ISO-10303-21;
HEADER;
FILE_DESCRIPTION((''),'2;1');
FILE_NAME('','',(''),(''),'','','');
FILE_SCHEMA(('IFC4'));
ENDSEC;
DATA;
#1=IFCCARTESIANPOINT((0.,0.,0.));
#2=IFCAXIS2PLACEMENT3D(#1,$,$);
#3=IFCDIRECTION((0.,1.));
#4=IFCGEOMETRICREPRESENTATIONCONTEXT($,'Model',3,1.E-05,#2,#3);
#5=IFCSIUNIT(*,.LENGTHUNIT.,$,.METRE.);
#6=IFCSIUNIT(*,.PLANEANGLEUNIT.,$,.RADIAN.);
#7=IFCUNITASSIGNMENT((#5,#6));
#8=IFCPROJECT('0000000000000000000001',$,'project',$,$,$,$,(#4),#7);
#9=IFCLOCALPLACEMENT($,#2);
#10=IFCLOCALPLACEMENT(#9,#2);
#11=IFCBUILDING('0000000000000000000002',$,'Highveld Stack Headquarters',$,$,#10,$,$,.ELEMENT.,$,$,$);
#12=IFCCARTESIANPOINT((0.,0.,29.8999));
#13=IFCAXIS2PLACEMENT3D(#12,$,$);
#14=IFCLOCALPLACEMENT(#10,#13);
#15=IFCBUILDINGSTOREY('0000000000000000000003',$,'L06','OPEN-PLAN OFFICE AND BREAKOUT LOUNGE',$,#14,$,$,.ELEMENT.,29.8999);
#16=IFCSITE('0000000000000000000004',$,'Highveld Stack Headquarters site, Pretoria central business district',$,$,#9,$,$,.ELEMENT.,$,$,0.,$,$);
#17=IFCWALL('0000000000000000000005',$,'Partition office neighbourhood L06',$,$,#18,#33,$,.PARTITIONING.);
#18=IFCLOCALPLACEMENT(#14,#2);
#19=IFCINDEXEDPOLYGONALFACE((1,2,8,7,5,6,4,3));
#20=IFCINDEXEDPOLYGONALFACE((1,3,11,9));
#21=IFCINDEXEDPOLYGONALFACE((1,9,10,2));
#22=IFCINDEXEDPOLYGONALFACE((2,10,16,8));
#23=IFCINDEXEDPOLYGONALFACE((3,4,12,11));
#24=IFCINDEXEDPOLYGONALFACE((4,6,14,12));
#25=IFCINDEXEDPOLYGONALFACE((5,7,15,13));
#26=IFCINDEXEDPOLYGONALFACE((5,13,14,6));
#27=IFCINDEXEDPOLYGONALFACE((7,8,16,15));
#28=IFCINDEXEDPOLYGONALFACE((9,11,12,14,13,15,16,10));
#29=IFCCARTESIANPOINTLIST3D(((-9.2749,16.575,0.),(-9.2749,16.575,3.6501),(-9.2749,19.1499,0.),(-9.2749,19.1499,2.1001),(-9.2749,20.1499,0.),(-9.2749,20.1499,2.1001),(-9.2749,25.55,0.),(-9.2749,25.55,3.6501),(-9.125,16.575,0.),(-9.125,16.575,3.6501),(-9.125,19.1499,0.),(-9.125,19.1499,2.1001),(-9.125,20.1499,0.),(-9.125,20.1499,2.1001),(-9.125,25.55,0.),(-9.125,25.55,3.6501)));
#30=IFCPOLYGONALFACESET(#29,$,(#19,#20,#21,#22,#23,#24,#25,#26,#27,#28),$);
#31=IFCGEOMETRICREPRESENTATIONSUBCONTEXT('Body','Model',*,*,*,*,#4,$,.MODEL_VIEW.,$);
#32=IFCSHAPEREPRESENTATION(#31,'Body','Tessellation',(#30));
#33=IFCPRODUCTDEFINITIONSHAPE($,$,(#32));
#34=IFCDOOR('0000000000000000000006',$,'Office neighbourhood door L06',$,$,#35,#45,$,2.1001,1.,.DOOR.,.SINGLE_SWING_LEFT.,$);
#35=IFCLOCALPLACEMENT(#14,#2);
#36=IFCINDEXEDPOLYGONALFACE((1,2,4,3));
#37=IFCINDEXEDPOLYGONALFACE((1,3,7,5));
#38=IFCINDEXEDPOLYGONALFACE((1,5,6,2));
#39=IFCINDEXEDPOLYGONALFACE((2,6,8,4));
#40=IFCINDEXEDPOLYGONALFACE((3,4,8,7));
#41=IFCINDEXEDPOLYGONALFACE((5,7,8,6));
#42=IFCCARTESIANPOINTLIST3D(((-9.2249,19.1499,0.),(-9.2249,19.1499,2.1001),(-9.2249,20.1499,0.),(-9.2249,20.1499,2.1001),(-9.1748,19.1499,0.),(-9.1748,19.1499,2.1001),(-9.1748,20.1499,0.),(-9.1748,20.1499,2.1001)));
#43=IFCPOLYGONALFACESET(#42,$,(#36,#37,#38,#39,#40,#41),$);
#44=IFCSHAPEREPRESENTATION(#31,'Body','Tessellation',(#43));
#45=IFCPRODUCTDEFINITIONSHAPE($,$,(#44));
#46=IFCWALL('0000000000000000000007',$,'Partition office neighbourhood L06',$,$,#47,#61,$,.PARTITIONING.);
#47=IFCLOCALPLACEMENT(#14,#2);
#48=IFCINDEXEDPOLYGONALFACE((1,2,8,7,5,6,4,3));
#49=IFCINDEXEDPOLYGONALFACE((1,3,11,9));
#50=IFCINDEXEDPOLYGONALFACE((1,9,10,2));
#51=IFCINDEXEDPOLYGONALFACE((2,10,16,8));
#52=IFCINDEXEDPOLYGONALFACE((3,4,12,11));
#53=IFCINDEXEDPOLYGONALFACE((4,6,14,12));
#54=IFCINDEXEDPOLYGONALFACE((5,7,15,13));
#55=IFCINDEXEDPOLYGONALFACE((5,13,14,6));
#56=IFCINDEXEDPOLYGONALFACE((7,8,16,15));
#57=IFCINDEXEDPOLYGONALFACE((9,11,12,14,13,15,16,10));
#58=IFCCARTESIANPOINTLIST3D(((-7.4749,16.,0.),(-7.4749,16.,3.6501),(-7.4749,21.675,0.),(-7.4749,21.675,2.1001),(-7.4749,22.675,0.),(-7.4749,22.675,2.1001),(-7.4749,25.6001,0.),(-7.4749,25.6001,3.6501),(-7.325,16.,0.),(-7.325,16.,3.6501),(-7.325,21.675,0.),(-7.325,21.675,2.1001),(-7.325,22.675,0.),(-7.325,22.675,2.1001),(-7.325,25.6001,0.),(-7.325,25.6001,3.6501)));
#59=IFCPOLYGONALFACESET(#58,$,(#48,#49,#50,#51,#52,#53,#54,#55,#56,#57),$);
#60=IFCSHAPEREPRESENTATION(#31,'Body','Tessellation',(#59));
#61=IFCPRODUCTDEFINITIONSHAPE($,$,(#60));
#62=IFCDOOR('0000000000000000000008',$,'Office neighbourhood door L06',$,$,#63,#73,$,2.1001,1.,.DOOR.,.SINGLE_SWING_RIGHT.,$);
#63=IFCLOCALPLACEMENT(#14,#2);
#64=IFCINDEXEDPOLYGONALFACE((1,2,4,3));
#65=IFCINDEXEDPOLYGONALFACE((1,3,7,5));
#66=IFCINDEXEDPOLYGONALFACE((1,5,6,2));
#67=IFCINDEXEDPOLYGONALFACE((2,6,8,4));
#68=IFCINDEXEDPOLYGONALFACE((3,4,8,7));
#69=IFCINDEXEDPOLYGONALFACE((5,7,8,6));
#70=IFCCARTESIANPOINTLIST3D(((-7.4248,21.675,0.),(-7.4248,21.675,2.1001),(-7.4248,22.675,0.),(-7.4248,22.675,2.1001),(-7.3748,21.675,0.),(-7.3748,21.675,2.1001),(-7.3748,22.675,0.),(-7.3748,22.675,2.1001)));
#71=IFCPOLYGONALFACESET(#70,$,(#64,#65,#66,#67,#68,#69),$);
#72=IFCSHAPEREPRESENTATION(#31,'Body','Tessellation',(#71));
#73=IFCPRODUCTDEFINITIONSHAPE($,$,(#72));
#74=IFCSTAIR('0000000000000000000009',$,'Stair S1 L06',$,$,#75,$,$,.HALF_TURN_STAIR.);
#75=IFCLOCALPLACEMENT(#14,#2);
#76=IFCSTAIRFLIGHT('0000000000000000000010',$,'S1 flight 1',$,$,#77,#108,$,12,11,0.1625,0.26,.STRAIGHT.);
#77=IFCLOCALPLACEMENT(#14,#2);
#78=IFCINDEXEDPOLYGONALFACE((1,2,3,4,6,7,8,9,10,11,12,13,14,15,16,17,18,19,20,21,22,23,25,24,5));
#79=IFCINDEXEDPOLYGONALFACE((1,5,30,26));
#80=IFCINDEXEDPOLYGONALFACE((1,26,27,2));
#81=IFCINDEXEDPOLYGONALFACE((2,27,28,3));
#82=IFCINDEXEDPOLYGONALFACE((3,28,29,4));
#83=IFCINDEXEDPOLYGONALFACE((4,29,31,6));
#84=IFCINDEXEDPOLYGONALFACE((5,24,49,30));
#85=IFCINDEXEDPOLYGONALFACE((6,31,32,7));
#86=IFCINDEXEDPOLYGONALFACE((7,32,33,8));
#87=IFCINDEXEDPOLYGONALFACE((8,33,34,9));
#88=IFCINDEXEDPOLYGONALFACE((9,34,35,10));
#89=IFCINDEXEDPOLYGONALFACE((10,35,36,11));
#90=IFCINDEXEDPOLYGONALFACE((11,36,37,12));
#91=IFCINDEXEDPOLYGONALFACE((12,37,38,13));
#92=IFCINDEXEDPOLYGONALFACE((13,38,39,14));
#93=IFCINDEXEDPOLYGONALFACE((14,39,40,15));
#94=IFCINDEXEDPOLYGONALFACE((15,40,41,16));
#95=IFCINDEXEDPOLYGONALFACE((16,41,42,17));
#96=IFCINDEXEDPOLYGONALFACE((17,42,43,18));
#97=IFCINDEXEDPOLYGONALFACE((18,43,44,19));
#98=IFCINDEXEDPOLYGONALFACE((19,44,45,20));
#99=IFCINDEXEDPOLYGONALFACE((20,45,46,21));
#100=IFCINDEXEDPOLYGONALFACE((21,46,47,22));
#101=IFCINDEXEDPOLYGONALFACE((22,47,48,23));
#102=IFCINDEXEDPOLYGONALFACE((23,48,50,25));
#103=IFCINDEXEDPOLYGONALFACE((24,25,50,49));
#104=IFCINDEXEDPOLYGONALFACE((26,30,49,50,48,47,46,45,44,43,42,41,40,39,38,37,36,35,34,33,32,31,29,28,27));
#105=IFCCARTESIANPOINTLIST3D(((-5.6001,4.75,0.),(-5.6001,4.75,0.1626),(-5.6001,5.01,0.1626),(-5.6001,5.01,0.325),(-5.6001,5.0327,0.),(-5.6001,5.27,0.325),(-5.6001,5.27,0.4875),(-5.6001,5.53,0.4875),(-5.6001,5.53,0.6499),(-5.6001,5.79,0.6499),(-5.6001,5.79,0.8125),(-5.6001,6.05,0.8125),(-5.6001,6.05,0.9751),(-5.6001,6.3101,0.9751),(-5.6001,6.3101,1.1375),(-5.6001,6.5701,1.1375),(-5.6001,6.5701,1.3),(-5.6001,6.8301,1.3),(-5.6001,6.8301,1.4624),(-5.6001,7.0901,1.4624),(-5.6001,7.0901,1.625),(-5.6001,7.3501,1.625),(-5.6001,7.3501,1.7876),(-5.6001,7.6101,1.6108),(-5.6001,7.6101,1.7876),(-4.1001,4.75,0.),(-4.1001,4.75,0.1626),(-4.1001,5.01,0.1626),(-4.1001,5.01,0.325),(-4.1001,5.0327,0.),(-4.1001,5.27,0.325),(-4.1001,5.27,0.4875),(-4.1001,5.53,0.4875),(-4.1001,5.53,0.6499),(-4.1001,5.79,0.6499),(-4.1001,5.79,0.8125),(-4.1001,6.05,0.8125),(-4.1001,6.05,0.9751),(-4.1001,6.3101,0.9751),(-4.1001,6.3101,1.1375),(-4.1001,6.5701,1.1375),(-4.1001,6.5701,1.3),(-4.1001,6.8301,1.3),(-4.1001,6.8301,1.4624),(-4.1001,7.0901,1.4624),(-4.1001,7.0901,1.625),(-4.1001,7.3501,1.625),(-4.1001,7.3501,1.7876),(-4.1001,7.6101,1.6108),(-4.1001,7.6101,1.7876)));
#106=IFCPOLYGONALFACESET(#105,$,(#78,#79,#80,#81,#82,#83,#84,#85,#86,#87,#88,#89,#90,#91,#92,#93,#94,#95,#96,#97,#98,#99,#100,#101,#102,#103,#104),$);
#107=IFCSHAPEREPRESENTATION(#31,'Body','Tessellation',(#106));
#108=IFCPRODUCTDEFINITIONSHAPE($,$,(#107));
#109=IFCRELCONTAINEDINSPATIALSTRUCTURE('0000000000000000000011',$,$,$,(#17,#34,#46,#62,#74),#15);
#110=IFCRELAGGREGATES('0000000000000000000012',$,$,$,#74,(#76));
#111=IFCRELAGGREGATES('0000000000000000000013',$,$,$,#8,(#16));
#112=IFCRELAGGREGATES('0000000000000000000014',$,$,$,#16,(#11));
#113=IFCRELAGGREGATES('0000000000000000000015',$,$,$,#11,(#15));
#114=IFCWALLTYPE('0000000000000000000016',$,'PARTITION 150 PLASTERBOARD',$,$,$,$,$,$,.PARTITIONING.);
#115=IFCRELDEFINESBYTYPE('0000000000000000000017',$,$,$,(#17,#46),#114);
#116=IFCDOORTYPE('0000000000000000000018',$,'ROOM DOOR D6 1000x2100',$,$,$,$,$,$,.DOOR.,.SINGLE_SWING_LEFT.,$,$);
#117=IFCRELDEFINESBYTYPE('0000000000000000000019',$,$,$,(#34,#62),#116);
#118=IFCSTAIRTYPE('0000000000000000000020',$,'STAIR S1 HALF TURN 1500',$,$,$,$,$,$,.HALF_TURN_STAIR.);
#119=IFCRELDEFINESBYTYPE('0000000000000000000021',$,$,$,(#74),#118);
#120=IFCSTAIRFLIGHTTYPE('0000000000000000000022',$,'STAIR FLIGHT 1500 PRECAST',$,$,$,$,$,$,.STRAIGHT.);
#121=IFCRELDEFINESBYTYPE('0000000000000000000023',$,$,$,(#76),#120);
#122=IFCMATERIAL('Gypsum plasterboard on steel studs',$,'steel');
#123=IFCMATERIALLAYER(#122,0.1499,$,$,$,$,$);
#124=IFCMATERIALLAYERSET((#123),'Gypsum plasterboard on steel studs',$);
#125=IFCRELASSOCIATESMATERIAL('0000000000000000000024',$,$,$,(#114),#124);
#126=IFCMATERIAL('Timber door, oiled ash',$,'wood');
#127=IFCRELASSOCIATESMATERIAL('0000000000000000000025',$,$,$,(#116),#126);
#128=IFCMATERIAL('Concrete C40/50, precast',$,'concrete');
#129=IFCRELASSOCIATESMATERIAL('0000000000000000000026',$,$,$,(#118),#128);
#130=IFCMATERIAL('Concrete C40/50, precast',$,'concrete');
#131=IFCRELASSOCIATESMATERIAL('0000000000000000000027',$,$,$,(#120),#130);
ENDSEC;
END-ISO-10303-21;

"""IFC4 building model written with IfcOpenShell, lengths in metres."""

from ifc_helpers import new_model, si_unit, direction, frame, frame_2d, origin, place, context, subcontext, project, spatial, polyline, rectangle, outline, extrude, material, layer, layer_set, type_object, element, fill, aggregate, save


model = new_model("IFC4")

# Units and contexts
model_context = context("Model", 3, precision=1e-05, world=origin(), true_north=direction((0.0, 1.0)))
body_context = subcontext(model_context, "Body", "Model", "MODEL_VIEW")
ifc_project = project(units=[si_unit("LENGTHUNIT", "METRE"), si_unit("PLANEANGLEUNIT", "RADIAN")], contexts=[model_context])

# Site, building, storey
site_placement = place(None, origin())
site = spatial("IfcSite", under=ifc_project, at=site_placement, Name="Highveld Stack Headquarters site, Pretoria central business district", CompositionType="ELEMENT", RefElevation=0.0)
building_placement = place(site_placement, origin())
building = spatial("IfcBuilding", under=site, at=building_placement, Name="Highveld Stack Headquarters", CompositionType="ELEMENT")
storey_placement = place(building_placement, frame((0.0, 0.0, 29.8999)))
storey = spatial("IfcBuildingStorey", under=building, at=storey_placement, Name="L06", Description="OPEN-PLAN OFFICE AND BREAKOUT LOUNGE", CompositionType="ELEMENT", Elevation=29.8999)

# Walls, openings, doors
ifc_material_1 = material(Name="Gypsum plasterboard on steel studs", Category="steel")
ifc_layer_1 = layer(ifc_material_1, 0.1499)
ifc_layer_set_1 = layer_set([ifc_layer_1], Name="Gypsum plasterboard on steel studs")
wall_type_1 = type_object("IfcWallType", Name="PARTITION 150 PLASTERBOARD", PredefinedType="PARTITIONING", material=ifc_layer_set_1)
wall_1_placement = place(storey_placement, frame((-9.2, 16.575, 0.0), z_axis=(0.0, 0.0, 1.0), x_axis=(0.0, 1.0, 0.0)))
wall_1 = element("IfcWall", 1, at=wall_1_placement, inside=storey, type_object=wall_type_1, Name="Partition office neighbourhood L06", PredefinedType="PARTITIONING", context=body_context, shape_type="SweptSolid", body=[
    extrude(rectangle(XDim=8.9751, YDim=0.1499, at=frame_2d((4.4875, 0.0))), origin(), (0.0, 0.0, 1.0), 3.6501),
])
opening_1_placement = place(wall_1_placement, frame((2.575, 0.0, 0.0)))
opening_1 = element("IfcOpeningElement", 2, at=opening_1_placement, cuts=wall_1, PredefinedType="OPENING", context=body_context, shape_type="SweptSolid", body=[
    extrude(rectangle(XDim=1.0, YDim=2.1001, at=frame_2d((0.5, 1.05))), frame((0.0, 0.085, 0.0), z_axis=(0.0, -1.0, 0.0), x_axis=(1.0, 0.0, 0.0)), (0.0, 0.0, 1.0), 0.1699),
])
ifc_material_2 = material(Name="Timber door, oiled ash", Category="wood")
door_type_1 = type_object("IfcDoorType", Name="ROOM DOOR D6 1000x2100", OperationType="SINGLE_SWING_LEFT", PredefinedType="DOOR", material=ifc_material_2)
door_1_placement = place(opening_1_placement, origin())
door_1 = element("IfcDoor", 3, at=door_1_placement, inside=storey, type_object=door_type_1, Name="Office neighbourhood door L06", OperationType="SINGLE_SWING_LEFT", OverallHeight=2.1001, OverallWidth=1.0, PredefinedType="DOOR", context=body_context, shape_type="SweptSolid", body=[
    extrude(rectangle(XDim=1.0, YDim=2.1001, at=frame_2d((0.5, 1.05))), frame((0.0, 0.0249, 0.0), z_axis=(0.0, -1.0, 0.0), x_axis=(1.0, 0.0, 0.0)), (0.0, 0.0, 1.0), 0.05),
])
fill(opening_1, door_1)
wall_2_placement = place(storey_placement, frame((-7.3999, 16.0, 0.0), z_axis=(0.0, 0.0, 1.0), x_axis=(0.0, 1.0, 0.0)))
wall_2 = element("IfcWall", 4, at=wall_2_placement, inside=storey, type_object=wall_type_1, Name="Partition office neighbourhood L06", PredefinedType="PARTITIONING", context=body_context, shape_type="SweptSolid", body=[
    extrude(rectangle(XDim=9.6001, YDim=0.1499, at=frame_2d((4.8, 0.0))), origin(), (0.0, 0.0, 1.0), 3.6501),
])
opening_2_placement = place(wall_2_placement, frame((5.675, 0.0, 0.0)))
opening_2 = element("IfcOpeningElement", 5, at=opening_2_placement, cuts=wall_2, PredefinedType="OPENING", context=body_context, shape_type="SweptSolid", body=[
    extrude(rectangle(XDim=1.0, YDim=2.1001, at=frame_2d((0.5, 1.05))), frame((0.0, 0.085, 0.0), z_axis=(0.0, -1.0, 0.0), x_axis=(1.0, 0.0, 0.0)), (0.0, 0.0, 1.0), 0.1699),
])
door_2_placement = place(opening_2_placement, origin())
door_2 = element("IfcDoor", 6, at=door_2_placement, inside=storey, type_object=door_type_1, Name="Office neighbourhood door L06", OperationType="SINGLE_SWING_RIGHT", OverallHeight=2.1001, OverallWidth=1.0, PredefinedType="DOOR", context=body_context, shape_type="SweptSolid", body=[
    extrude(rectangle(XDim=1.0, YDim=2.1001, at=frame_2d((0.5, 1.05))), frame((0.0, 0.0249, 0.0), z_axis=(0.0, -1.0, 0.0), x_axis=(1.0, 0.0, 0.0)), (0.0, 0.0, 1.0), 0.05),
])
fill(opening_2, door_2)

# Stair, stair flight
ifc_material_3 = material(Name="Concrete C40/50, precast", Category="concrete")
stair_type = type_object("IfcStairType", Name="STAIR S1 HALF TURN 1500", PredefinedType="HALF_TURN_STAIR", material=ifc_material_3)
stair_placement = place(storey_placement, origin())
stair = element("IfcStair", 7, at=stair_placement, inside=storey, type_object=stair_type, Name="Stair S1 L06", PredefinedType="HALF_TURN_STAIR")
ifc_material_4 = material(Name="Concrete C40/50, precast", Category="concrete")
stair_flight_type = type_object("IfcStairFlightType", Name="STAIR FLIGHT 1500 PRECAST", PredefinedType="STRAIGHT", material=ifc_material_4)
stair_flight_placement = place(storey_placement, frame((-4.8501, 4.75, 0.0), z_axis=(0.0, 0.0, 1.0), x_axis=(0.0, 1.0, 0.0)))
stair_flight = element("IfcStairFlight", 8, at=stair_flight_placement, type_object=stair_flight_type, Name="S1 flight 1", NumberOfRisers=12, NumberOfTreads=11, PredefinedType="STRAIGHT", RiserHeight=0.1625, TreadLength=0.26, context=body_context, shape_type="SweptSolid", body=[
    extrude(outline(polyline([(0.0, 0.0), (0.0, 0.1626), (0.26, 0.1626), (0.26, 0.325), (0.52, 0.325), (0.52, 0.4875), (0.78, 0.4875), (0.78, 0.6499), (1.04, 0.6499), (1.04, 0.8125), (1.3, 0.8125), (1.3, 0.9751), (1.5601, 0.9751), (1.5601, 1.1375), (1.8201, 1.1375), (1.8201, 1.3), (2.0801, 1.3), (2.0801, 1.4624), (2.3401, 1.4624), (2.3401, 1.625), (2.6001, 1.625), (2.6001, 1.7876), (2.8601, 1.7876), (2.8601, 1.95), (2.8601, 1.6108), (0.2827, 0.0), (0.0, 0.0)])), frame((0.0, 0.75, 0.0), z_axis=(0.0, -1.0, 0.0), x_axis=(1.0, 0.0, 0.0)), (0.0, 0.0, 1.0), 1.5),
])
aggregate(stair, [stair_flight])

save(model, "model.ifc")
